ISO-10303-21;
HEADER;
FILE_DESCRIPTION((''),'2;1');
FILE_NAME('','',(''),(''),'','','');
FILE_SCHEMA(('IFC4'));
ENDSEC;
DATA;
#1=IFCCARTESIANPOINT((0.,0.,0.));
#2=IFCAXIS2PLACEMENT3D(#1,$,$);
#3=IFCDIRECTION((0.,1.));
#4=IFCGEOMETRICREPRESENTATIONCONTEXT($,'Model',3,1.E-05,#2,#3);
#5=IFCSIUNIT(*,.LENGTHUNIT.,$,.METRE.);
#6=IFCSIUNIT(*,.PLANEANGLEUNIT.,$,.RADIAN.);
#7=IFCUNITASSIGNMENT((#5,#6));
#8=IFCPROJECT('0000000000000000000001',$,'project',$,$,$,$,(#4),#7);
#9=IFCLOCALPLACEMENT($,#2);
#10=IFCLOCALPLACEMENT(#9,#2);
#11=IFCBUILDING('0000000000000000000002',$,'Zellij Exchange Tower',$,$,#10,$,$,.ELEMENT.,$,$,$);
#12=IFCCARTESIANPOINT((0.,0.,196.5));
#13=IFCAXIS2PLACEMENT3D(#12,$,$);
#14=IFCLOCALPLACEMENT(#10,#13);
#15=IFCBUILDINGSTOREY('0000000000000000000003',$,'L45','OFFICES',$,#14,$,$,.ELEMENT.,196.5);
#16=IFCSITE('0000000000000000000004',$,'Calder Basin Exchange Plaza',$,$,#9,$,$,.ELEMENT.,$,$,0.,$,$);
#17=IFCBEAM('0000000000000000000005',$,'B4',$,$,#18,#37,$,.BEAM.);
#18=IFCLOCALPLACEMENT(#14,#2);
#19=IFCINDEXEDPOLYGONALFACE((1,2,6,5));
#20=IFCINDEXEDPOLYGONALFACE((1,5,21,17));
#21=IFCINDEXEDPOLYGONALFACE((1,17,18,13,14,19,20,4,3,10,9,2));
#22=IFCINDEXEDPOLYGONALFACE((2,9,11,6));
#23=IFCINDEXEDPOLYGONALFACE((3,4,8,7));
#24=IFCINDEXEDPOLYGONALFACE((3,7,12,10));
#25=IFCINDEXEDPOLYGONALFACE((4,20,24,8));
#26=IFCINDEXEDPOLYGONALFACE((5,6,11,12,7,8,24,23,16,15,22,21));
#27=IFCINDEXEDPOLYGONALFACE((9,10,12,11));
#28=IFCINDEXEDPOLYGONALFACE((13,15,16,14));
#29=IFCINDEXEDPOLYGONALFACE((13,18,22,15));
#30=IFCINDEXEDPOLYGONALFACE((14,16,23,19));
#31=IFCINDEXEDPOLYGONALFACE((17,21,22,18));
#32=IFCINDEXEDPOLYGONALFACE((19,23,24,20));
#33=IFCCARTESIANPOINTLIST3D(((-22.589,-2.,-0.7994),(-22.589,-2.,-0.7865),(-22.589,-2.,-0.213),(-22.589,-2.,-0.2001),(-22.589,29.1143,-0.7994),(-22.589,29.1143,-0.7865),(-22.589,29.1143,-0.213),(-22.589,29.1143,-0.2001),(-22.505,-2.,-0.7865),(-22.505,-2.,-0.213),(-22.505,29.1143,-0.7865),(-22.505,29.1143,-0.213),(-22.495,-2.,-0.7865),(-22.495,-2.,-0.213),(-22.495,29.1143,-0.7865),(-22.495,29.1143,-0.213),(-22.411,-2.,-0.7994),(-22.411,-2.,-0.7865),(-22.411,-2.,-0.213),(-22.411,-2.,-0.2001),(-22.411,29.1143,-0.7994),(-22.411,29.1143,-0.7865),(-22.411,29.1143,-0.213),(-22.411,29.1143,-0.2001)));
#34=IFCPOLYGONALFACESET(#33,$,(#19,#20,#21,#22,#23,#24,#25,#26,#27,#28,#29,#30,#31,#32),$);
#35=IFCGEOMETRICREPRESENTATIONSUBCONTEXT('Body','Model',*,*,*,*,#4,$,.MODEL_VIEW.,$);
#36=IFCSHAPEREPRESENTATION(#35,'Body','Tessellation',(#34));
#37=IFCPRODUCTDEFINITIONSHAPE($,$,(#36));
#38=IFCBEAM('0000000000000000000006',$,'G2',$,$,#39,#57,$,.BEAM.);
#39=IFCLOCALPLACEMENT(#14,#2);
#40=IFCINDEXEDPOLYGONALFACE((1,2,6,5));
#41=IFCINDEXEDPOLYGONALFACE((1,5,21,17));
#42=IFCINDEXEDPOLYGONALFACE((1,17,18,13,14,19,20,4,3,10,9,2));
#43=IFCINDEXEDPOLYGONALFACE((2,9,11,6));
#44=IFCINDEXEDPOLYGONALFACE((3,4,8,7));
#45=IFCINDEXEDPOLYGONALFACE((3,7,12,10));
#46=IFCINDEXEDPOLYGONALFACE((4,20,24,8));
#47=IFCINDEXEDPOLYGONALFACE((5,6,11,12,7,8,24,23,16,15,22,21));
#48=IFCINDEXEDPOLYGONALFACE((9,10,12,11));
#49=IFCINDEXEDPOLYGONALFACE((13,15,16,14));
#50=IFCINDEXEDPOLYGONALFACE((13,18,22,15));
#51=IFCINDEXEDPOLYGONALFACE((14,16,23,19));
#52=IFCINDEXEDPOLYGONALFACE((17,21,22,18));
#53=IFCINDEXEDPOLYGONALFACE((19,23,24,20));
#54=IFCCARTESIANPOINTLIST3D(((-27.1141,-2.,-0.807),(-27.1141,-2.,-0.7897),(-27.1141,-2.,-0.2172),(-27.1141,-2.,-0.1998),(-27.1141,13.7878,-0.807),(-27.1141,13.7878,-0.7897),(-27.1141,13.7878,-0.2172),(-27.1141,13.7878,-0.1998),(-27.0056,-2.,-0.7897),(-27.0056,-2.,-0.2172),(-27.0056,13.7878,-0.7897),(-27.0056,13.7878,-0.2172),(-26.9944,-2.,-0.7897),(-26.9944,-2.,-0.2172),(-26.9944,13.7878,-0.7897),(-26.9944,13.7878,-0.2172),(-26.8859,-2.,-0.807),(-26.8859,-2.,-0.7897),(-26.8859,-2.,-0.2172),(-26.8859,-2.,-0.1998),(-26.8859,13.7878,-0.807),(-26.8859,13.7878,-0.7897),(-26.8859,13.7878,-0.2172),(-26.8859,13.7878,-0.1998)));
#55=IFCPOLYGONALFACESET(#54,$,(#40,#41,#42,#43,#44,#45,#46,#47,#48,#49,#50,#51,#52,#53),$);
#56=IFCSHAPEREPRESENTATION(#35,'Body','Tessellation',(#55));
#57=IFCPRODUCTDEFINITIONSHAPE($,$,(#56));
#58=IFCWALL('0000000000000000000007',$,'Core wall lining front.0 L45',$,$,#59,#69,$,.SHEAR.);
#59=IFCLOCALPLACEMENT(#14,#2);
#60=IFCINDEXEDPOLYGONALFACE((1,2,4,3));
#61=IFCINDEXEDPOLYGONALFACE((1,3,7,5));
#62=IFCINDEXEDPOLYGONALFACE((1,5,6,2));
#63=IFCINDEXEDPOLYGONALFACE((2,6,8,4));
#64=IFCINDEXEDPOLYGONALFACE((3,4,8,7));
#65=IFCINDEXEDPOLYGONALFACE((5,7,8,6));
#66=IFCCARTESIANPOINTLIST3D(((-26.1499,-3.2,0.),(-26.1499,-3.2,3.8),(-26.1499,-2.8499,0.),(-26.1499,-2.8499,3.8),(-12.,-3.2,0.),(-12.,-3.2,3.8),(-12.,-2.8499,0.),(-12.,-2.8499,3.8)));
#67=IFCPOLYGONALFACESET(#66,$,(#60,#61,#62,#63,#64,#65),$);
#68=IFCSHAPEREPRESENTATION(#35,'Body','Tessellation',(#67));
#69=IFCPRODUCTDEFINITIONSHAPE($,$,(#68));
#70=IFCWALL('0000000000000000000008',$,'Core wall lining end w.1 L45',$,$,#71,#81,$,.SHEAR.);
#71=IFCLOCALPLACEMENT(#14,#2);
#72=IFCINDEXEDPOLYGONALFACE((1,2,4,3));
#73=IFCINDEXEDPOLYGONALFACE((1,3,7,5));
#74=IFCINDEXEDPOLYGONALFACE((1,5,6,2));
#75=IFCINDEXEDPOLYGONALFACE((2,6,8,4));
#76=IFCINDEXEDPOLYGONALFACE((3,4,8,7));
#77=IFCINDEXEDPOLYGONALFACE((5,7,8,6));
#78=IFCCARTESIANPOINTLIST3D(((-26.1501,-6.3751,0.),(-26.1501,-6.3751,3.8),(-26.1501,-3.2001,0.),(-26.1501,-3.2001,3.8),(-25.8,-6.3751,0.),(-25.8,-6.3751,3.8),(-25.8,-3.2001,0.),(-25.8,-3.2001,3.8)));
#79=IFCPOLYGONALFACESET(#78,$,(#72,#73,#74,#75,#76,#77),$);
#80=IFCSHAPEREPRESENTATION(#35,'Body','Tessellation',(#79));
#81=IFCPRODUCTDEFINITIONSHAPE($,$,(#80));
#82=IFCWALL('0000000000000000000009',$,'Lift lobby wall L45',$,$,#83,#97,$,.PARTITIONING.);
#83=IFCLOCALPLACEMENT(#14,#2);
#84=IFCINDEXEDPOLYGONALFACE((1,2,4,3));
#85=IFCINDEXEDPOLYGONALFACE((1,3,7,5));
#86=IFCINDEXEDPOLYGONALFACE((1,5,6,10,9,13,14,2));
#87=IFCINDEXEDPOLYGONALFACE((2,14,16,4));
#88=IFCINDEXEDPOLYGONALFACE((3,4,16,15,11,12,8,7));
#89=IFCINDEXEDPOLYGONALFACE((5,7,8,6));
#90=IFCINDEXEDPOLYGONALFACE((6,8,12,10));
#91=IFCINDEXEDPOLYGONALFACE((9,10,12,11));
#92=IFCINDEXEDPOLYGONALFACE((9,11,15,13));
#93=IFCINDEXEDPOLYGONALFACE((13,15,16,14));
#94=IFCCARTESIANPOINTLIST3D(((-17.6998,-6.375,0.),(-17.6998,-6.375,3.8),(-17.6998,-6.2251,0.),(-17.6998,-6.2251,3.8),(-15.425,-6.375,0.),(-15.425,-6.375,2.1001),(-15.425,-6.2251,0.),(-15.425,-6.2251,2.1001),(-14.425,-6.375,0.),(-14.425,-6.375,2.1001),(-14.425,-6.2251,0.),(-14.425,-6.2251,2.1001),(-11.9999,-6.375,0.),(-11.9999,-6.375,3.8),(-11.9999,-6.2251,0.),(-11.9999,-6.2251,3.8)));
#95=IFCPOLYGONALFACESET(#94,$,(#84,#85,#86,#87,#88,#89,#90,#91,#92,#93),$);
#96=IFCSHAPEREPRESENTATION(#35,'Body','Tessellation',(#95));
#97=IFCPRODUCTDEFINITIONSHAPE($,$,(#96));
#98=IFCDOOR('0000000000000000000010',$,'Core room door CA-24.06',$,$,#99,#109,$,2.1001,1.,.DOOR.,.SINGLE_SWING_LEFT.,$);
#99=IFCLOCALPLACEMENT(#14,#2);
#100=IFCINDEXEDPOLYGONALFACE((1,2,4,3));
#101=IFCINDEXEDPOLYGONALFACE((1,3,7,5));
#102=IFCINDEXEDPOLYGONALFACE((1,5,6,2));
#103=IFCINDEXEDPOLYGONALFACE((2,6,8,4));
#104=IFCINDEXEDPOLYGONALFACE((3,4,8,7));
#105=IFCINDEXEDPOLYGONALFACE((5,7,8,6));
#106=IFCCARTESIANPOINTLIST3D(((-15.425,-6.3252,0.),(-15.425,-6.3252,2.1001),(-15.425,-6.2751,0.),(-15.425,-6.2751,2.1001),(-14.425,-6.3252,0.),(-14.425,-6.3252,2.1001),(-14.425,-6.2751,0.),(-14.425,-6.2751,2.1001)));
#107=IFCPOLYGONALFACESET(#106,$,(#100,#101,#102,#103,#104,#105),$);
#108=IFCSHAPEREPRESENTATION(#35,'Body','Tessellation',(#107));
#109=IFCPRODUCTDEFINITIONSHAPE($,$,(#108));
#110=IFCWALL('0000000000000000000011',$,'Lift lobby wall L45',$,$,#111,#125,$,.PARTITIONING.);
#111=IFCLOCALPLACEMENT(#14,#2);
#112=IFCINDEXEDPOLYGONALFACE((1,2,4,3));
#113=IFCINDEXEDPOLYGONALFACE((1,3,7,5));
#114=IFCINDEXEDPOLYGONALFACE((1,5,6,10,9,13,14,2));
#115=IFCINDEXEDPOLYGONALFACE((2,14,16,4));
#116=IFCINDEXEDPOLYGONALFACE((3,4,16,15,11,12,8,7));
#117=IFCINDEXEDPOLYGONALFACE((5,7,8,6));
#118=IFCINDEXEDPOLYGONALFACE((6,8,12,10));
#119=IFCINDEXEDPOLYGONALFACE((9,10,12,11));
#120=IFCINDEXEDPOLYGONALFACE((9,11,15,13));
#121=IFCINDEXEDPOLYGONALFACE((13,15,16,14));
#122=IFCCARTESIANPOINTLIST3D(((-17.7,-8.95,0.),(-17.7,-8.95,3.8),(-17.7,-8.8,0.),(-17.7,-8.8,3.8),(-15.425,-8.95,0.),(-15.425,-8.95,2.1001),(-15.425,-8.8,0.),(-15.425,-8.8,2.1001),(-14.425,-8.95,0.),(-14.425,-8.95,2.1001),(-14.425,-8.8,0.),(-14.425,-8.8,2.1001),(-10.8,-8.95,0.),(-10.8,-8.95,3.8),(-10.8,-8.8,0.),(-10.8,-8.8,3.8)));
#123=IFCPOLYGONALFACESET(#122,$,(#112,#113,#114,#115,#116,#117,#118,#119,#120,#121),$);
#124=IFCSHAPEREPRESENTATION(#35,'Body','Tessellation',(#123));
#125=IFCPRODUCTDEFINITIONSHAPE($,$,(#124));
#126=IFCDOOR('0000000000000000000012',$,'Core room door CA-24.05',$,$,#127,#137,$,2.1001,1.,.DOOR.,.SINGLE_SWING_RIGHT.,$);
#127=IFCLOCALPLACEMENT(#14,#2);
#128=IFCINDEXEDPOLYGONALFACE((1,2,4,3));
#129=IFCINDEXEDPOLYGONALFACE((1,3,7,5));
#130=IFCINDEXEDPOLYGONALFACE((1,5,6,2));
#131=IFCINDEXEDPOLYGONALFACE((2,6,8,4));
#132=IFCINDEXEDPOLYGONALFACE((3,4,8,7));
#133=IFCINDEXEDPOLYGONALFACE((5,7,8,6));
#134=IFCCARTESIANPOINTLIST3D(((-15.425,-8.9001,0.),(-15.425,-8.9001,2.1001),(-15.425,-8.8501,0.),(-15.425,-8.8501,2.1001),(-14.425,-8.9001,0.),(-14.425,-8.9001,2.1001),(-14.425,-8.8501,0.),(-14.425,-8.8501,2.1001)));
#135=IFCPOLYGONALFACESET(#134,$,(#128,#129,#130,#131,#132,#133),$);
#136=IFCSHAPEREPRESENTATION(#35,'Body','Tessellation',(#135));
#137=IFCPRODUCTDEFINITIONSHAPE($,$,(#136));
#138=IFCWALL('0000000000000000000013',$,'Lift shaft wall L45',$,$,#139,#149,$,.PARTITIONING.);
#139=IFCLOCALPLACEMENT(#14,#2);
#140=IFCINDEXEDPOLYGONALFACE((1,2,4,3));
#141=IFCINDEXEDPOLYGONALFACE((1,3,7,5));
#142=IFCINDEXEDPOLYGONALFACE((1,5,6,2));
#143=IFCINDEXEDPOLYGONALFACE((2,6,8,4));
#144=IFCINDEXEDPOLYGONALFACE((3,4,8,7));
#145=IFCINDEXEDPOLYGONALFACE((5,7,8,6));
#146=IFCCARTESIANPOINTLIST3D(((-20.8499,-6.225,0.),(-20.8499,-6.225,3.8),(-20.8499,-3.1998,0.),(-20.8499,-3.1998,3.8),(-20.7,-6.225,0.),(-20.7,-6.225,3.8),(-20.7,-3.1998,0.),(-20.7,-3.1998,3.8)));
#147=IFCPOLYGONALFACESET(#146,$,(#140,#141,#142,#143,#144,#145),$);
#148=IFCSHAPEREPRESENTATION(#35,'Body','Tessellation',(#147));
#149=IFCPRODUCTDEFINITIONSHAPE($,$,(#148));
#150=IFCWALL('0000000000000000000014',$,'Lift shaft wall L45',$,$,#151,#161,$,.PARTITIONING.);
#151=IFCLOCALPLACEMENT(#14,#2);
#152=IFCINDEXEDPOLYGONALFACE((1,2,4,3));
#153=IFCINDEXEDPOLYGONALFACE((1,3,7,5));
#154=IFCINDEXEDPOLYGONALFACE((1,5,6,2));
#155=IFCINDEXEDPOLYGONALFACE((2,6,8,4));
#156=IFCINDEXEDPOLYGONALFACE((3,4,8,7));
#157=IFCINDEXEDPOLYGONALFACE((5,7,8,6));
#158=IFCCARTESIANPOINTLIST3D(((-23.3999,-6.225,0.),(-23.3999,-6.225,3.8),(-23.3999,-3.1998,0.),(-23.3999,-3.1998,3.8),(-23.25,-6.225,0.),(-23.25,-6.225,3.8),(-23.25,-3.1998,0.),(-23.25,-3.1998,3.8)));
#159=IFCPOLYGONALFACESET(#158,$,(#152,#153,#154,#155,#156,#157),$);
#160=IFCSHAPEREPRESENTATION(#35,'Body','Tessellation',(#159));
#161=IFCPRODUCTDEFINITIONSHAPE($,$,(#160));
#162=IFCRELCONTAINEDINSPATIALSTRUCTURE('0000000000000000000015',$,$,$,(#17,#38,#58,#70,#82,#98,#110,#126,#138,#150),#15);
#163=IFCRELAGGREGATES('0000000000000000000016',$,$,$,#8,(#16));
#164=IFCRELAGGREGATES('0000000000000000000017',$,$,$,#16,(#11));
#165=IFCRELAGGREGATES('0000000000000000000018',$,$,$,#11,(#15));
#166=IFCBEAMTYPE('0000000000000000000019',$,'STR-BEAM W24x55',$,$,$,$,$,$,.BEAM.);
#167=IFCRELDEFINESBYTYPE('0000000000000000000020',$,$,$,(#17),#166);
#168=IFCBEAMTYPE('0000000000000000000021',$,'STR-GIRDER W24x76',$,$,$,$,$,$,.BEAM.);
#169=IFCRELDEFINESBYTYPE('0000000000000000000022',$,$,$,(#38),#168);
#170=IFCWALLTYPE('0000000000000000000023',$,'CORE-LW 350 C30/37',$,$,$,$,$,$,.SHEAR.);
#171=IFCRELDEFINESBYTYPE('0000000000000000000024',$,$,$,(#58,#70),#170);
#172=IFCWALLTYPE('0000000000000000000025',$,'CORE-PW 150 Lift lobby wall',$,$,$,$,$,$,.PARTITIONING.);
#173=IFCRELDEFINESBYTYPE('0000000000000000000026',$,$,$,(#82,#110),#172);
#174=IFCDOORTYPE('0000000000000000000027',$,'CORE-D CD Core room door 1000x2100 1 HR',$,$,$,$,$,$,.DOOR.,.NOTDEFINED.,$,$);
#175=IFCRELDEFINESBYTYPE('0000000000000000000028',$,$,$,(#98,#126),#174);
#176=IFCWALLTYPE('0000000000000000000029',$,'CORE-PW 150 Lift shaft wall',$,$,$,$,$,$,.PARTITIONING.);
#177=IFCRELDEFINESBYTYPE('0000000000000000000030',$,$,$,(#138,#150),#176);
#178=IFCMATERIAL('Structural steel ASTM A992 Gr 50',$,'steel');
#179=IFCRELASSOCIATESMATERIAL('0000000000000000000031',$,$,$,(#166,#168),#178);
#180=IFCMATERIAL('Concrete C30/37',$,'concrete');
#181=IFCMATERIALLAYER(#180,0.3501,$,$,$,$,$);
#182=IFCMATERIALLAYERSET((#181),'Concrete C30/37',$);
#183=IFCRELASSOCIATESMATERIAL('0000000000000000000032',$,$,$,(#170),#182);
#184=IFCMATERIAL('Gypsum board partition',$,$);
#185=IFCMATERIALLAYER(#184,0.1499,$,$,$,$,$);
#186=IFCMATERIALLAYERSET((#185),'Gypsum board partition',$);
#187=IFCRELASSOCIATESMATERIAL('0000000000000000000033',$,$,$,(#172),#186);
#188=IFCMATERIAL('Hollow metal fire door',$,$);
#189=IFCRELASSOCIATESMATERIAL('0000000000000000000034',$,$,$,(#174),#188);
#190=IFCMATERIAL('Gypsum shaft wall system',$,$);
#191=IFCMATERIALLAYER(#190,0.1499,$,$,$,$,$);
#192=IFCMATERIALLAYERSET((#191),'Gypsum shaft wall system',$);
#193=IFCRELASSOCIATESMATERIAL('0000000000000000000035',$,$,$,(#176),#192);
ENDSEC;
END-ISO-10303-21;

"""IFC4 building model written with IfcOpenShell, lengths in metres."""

from ifc_helpers import new_model, si_unit, direction, frame, frame_2d, origin, origin_2d, place, context, subcontext, project, spatial, rectangle, i_section, extrude, material, layer, layer_set, material_profile, profile_set, type_object, element, fill, save


model = new_model("IFC4")

# Units and contexts
model_context = context("Model", 3, precision=1e-05, world=origin(), true_north=direction((0.0, 1.0)))
body_context = subcontext(model_context, "Body", "Model", "MODEL_VIEW")
ifc_project = project(units=[si_unit("LENGTHUNIT", "METRE"), si_unit("PLANEANGLEUNIT", "RADIAN")], contexts=[model_context])

# Site, building, storey
site_placement = place(None, origin())
site = spatial("IfcSite", under=ifc_project, at=site_placement, Name="Calder Basin Exchange Plaza", CompositionType="ELEMENT", RefElevation=0.0)
building_placement = place(site_placement, origin())
building = spatial("IfcBuilding", under=site, at=building_placement, Name="Zellij Exchange Tower", CompositionType="ELEMENT")
storey_placement = place(building_placement, frame((0.0, 0.0, 196.5)))
storey = spatial("IfcBuildingStorey", under=building, at=storey_placement, Name="L45", Description="OFFICES", CompositionType="ELEMENT", Elevation=196.5)

# Beams
ifc_material_1 = material(Name="Structural steel ASTM A992 Gr 50", Category="steel")
ifc_material_profile_1 = material_profile(ifc_material_1, i_section(OverallWidth=0.178, OverallDepth=0.5994, WebThickness=0.01, FlangeThickness=0.0129, at=origin_2d()), Name="W24x55")
ifc_profile_set_1 = profile_set([ifc_material_profile_1], Name="Structural steel ASTM A992 Gr 50")
beam_type_1 = type_object("IfcBeamType", Name="STR-BEAM W24x55", PredefinedType="BEAM", material=ifc_profile_set_1)
beam_1_placement = place(storey_placement, frame((-22.5, -2.0, -0.4998), z_axis=(0.0, 1.0, 0.0), x_axis=(-1.0, 0.0, 0.0)))
element("IfcBeam", 1, at=beam_1_placement, inside=storey, type_object=beam_type_1, Name="B4", PredefinedType="BEAM", context=body_context, shape_type="SweptSolid", body=[
    extrude(i_section(OverallWidth=0.178, OverallDepth=0.5994, WebThickness=0.01, FlangeThickness=0.0129, at=origin_2d()), origin(), (0.0, 0.0, 1.0), 31.1143),
])
ifc_material_profile_2 = material_profile(ifc_material_1, i_section(OverallWidth=0.2283, OverallDepth=0.6072, WebThickness=0.0112, FlangeThickness=0.0173, at=origin_2d()), Name="W24x76")
ifc_profile_set_2 = profile_set([ifc_material_profile_2], Name="Structural steel ASTM A992 Gr 50")
beam_type_2 = type_object("IfcBeamType", Name="STR-GIRDER W24x76", PredefinedType="BEAM", material=ifc_profile_set_2)
beam_2_placement = place(storey_placement, frame((-27.0, -2.0, -0.5034), z_axis=(0.0, 1.0, 0.0), x_axis=(-1.0, 0.0, 0.0)))
element("IfcBeam", 2, at=beam_2_placement, inside=storey, type_object=beam_type_2, Name="G2", PredefinedType="BEAM", context=body_context, shape_type="SweptSolid", body=[
    extrude(i_section(OverallWidth=0.2283, OverallDepth=0.6072, WebThickness=0.0112, FlangeThickness=0.0173, at=origin_2d()), origin(), (0.0, 0.0, 1.0), 15.7878),
])

# Walls
ifc_material_2 = material(Name="Concrete C30/37", Category="concrete")
ifc_layer_1 = layer(ifc_material_2, 0.3501)
ifc_layer_set_1 = layer_set([ifc_layer_1], Name="Concrete C30/37")
wall_type_1 = type_object("IfcWallType", Name="CORE-LW 350 C30/37", PredefinedType="SHEAR", material=ifc_layer_set_1)
wall_1_placement = place(storey_placement, frame((-26.1499, -3.0249, 0.0), z_axis=(0.0, 0.0, 1.0), x_axis=(1.0, 0.0, 0.0)))
element("IfcWall", 3, at=wall_1_placement, inside=storey, type_object=wall_type_1, Name="Core wall lining front.0 L45", PredefinedType="SHEAR", context=body_context, shape_type="SweptSolid", body=[
    extrude(rectangle(XDim=14.1499, YDim=0.3501, at=frame_2d((7.075, 0.0))), origin(), (0.0, 0.0, 1.0), 3.8),
])
wall_2_placement = place(storey_placement, frame((-25.9751, -6.375, 0.0), z_axis=(0.0, 0.0, 1.0), x_axis=(0.0, 1.0, 0.0)))
element("IfcWall", 4, at=wall_2_placement, inside=storey, type_object=wall_type_1, Name="Core wall lining end w.1 L45", PredefinedType="SHEAR", context=body_context, shape_type="SweptSolid", body=[
    extrude(rectangle(XDim=3.175, YDim=0.3501, at=frame_2d((1.5874, 0.0))), origin(), (0.0, 0.0, 1.0), 3.8),
])

# Walls, openings, doors
ifc_material_3 = material(Name="Gypsum board partition")
ifc_layer_2 = layer(ifc_material_3, 0.1499)
ifc_layer_set_2 = layer_set([ifc_layer_2], Name="Gypsum board partition")
wall_type_2 = type_object("IfcWallType", Name="CORE-PW 150 Lift lobby wall", PredefinedType="PARTITIONING", material=ifc_layer_set_2)
wall_3_placement = place(storey_placement, frame((-17.7, -6.3, 0.0), z_axis=(0.0, 0.0, 1.0), x_axis=(1.0, 0.0, 0.0)))
wall_3 = element("IfcWall", 5, at=wall_3_placement, inside=storey, type_object=wall_type_2, Name="Lift lobby wall L45", PredefinedType="PARTITIONING", context=body_context, shape_type="SweptSolid", body=[
    extrude(rectangle(XDim=5.7, YDim=0.1499, at=frame_2d((2.8501, 0.0))), origin(), (0.0, 0.0, 1.0), 3.8),
])
opening_1_placement = place(wall_3_placement, frame((2.2749, 0.0, 0.0)))
opening_1 = element("IfcOpeningElement", 6, at=opening_1_placement, cuts=wall_3, PredefinedType="OPENING", context=body_context, shape_type="SweptSolid", body=[
    extrude(rectangle(XDim=1.0, YDim=2.1001, at=frame_2d((0.5, 1.05))), frame((0.0, 0.0869, 0.0), z_axis=(0.0, -1.0, 0.0), x_axis=(1.0, 0.0, 0.0)), (0.0, 0.0, 1.0), 0.1738),
])
ifc_material_4 = material(Name="Hollow metal fire door")
door_type_1 = type_object("IfcDoorType", Name="CORE-D CD Core room door 1000x2100 1 HR", OperationType="NOTDEFINED", PredefinedType="DOOR", material=ifc_material_4)
door_1_placement = place(opening_1_placement, origin())
door_1 = element("IfcDoor", 7, at=door_1_placement, inside=storey, type_object=door_type_1, Name="Core room door CA-24.06", OperationType="SINGLE_SWING_LEFT", OverallHeight=2.1001, OverallWidth=1.0, PredefinedType="DOOR", context=body_context, shape_type="SweptSolid", body=[
    extrude(rectangle(XDim=1.0, YDim=2.1001, at=frame_2d((0.5, 1.05))), frame((0.0, 0.0249, 0.0), z_axis=(0.0, -1.0, 0.0), x_axis=(1.0, 0.0, 0.0)), (0.0, 0.0, 1.0), 0.05),
])
fill(opening_1, door_1)
wall_4_placement = place(storey_placement, frame((-17.7, -8.875, 0.0), z_axis=(0.0, 0.0, 1.0), x_axis=(1.0, 0.0, 0.0)))
wall_4 = element("IfcWall", 8, at=wall_4_placement, inside=storey, type_object=wall_type_2, Name="Lift lobby wall L45", PredefinedType="PARTITIONING", context=body_context, shape_type="SweptSolid", body=[
    extrude(rectangle(XDim=6.8999, YDim=0.1499, at=frame_2d((3.45, 0.0))), origin(), (0.0, 0.0, 1.0), 3.8),
])
opening_2_placement = place(wall_4_placement, frame((2.2749, 0.0, 0.0)))
opening_2 = element("IfcOpeningElement", 9, at=opening_2_placement, cuts=wall_4, PredefinedType="OPENING", context=body_context, shape_type="SweptSolid", body=[
    extrude(rectangle(XDim=1.0, YDim=2.1001, at=frame_2d((0.5, 1.05))), frame((0.0, 0.0869, 0.0), z_axis=(0.0, -1.0, 0.0), x_axis=(1.0, 0.0, 0.0)), (0.0, 0.0, 1.0), 0.1738),
])
door_2_placement = place(opening_2_placement, origin())
door_2 = element("IfcDoor", 10, at=door_2_placement, inside=storey, type_object=door_type_1, Name="Core room door CA-24.05", OperationType="SINGLE_SWING_RIGHT", OverallHeight=2.1001, OverallWidth=1.0, PredefinedType="DOOR", context=body_context, shape_type="SweptSolid", body=[
    extrude(rectangle(XDim=1.0, YDim=2.1001, at=frame_2d((0.5, 1.05))), frame((0.0, 0.0249, 0.0), z_axis=(0.0, -1.0, 0.0), x_axis=(1.0, 0.0, 0.0)), (0.0, 0.0, 1.0), 0.05),
])
fill(opening_2, door_2)

# Walls
ifc_material_5 = material(Name="Gypsum shaft wall system")
ifc_layer_3 = layer(ifc_material_5, 0.1499)
ifc_layer_set_3 = layer_set([ifc_layer_3], Name="Gypsum shaft wall system")
wall_type_3 = type_object("IfcWallType", Name="CORE-PW 150 Lift shaft wall", PredefinedType="PARTITIONING", material=ifc_layer_set_3)
for number, where, z_axis, x_axis, name in (
    (11, (-20.7749, -6.2251, 0.0), (0.0, 0.0, 1.0), (0.0, 1.0, 0.0), "Lift shaft wall L45"),
    (12, (-23.325, -6.2251, 0.0), (0.0, 0.0, 1.0), (0.0, 1.0, 0.0), "Lift shaft wall L45"),
):
    element("IfcWall", number, at=place(storey_placement, frame(where, z_axis=z_axis, x_axis=x_axis)), inside=storey, type_object=wall_type_3, Name=name, PredefinedType="PARTITIONING", context=body_context, shape_type="SweptSolid", body=[
        extrude(rectangle(XDim=3.0251, YDim=0.1499, at=frame_2d((1.5127, 0.0))), origin(), (0.0, 0.0, 1.0), 3.8),
    ])

save(model, "model.ifc")
